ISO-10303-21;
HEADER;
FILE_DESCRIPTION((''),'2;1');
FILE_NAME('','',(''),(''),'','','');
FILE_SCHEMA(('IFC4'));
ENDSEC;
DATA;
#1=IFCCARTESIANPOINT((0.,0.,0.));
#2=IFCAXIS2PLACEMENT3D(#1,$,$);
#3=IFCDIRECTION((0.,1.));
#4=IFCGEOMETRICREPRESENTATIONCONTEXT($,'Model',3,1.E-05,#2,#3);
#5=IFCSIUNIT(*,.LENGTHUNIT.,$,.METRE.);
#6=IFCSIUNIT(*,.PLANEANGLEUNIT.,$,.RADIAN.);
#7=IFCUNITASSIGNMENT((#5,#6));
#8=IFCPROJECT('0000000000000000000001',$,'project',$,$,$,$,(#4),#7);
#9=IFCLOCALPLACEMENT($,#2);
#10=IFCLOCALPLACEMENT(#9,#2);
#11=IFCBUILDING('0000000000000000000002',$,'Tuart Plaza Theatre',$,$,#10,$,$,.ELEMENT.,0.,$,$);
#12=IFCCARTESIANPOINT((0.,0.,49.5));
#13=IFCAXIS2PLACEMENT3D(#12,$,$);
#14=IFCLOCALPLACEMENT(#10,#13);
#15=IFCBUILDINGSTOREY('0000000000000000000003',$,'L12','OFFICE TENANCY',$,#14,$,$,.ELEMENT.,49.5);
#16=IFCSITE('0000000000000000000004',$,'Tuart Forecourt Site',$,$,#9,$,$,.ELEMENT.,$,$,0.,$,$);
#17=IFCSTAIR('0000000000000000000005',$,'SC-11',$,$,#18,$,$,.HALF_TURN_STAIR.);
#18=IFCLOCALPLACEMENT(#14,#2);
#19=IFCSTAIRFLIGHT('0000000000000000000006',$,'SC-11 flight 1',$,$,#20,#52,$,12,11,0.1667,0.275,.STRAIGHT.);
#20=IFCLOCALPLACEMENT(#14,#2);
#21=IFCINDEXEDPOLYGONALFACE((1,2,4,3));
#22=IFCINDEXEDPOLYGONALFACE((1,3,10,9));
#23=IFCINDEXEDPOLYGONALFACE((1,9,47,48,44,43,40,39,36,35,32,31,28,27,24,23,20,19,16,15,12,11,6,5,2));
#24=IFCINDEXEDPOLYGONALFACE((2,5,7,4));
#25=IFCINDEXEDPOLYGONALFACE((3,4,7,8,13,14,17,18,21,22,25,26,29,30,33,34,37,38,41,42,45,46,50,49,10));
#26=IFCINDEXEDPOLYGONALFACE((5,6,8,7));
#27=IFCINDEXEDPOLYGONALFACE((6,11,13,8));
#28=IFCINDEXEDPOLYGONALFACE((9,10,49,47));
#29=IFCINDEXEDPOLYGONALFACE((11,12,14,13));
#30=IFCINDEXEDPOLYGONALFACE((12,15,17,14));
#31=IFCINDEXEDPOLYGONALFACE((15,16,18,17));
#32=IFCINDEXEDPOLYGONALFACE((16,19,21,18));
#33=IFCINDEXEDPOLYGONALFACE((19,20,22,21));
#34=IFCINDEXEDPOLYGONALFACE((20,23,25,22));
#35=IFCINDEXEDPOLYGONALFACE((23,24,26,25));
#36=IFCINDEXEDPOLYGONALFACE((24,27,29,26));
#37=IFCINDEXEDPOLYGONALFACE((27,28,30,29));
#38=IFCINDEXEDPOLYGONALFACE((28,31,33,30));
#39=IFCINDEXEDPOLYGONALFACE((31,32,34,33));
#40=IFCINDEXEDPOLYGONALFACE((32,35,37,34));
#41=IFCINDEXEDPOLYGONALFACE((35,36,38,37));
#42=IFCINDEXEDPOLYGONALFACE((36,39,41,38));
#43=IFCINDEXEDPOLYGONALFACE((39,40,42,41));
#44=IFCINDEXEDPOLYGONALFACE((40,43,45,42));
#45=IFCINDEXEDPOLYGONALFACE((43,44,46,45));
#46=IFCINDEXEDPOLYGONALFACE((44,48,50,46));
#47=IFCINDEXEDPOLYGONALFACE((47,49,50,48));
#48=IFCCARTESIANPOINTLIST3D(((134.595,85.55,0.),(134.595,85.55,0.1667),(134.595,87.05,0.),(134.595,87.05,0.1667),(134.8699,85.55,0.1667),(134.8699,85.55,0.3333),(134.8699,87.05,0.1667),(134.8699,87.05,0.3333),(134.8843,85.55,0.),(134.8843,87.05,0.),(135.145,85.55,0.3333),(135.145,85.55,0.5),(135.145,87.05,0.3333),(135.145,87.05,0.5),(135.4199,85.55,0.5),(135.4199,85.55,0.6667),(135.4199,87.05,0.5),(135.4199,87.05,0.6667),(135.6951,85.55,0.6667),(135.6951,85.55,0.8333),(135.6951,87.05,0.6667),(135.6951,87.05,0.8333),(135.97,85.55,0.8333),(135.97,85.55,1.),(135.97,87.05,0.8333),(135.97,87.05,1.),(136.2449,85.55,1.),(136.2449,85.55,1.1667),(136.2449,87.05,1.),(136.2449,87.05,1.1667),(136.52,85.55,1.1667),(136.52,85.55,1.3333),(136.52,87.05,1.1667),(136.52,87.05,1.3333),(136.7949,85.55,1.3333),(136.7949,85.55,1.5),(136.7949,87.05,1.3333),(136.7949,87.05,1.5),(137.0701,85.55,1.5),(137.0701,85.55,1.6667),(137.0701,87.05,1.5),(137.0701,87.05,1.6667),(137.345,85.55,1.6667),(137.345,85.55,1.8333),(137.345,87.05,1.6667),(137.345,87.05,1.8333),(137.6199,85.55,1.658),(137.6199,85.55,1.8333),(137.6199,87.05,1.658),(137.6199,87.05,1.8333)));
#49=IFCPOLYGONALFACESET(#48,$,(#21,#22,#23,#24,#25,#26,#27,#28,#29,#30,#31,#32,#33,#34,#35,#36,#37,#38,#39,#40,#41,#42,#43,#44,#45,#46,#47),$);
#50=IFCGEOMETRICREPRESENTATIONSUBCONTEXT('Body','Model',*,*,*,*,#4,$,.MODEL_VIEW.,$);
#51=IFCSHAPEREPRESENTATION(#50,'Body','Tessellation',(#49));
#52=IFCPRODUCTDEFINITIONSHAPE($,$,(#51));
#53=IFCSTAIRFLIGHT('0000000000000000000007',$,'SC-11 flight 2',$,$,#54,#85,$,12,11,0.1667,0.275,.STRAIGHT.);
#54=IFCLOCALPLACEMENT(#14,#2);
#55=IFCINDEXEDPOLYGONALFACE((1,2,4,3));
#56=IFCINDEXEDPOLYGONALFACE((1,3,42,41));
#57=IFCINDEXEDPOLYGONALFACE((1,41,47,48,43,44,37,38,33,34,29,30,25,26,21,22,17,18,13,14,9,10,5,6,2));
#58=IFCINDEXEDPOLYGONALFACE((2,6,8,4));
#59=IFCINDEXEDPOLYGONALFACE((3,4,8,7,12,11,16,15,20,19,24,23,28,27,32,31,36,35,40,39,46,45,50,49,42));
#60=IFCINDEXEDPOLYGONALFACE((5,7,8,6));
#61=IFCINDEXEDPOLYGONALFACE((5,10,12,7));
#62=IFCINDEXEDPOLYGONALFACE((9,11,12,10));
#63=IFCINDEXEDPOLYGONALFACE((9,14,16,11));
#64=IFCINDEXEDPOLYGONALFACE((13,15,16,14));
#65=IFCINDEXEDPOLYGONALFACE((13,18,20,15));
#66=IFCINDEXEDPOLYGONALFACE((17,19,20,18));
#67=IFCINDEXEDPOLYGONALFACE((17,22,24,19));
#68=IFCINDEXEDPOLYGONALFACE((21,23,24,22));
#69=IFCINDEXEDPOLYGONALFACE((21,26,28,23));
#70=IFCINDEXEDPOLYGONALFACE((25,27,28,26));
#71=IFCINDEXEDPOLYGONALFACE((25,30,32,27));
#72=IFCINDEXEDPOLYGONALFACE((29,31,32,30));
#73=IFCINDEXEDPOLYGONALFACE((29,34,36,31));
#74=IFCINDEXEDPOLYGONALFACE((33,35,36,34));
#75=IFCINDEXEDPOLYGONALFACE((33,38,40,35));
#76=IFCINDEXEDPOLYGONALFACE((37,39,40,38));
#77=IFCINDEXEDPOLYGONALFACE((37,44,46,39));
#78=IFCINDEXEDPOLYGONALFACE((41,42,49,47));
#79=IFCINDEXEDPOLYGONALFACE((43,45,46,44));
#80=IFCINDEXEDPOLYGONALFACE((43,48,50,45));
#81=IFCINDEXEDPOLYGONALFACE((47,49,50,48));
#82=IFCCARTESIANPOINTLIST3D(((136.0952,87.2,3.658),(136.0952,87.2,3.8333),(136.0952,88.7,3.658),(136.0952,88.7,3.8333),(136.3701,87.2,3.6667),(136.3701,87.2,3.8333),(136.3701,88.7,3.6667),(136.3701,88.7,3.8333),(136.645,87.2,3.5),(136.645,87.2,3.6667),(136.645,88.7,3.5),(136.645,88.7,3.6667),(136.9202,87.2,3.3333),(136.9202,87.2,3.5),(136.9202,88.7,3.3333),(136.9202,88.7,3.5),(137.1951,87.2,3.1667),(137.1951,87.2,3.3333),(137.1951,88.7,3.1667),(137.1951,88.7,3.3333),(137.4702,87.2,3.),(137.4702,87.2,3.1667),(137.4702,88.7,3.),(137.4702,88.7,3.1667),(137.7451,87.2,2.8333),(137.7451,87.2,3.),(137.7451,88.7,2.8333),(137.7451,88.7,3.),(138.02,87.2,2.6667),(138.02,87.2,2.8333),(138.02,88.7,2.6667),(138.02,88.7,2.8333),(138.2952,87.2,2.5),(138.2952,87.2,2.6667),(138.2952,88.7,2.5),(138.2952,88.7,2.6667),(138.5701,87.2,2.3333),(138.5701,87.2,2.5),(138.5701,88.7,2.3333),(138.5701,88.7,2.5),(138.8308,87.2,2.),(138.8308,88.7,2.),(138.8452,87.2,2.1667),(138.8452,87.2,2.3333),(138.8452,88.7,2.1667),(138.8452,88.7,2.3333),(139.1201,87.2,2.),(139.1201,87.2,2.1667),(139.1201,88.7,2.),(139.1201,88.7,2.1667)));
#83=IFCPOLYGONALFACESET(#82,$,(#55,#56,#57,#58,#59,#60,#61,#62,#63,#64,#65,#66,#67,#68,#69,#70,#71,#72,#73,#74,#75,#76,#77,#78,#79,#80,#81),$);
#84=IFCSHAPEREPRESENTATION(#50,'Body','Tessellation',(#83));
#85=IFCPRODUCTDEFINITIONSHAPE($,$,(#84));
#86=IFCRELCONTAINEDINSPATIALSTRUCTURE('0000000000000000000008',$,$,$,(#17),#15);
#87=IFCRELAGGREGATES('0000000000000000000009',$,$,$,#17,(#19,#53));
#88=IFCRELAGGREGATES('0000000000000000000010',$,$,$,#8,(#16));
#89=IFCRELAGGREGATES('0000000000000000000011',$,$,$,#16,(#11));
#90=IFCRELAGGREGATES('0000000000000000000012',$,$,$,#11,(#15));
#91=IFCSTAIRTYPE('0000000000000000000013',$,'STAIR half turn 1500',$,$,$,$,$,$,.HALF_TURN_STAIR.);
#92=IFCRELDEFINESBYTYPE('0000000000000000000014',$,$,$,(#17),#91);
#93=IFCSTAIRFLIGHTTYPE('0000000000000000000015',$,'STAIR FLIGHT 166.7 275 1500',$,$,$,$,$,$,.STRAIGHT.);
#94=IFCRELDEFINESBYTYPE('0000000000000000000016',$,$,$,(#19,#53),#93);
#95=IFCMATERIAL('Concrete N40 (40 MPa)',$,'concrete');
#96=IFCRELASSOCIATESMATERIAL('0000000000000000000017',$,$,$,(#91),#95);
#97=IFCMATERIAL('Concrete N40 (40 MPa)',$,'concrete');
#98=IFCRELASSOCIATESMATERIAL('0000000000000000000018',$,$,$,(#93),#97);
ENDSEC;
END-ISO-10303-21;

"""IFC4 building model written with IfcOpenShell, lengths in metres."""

from ifc_helpers import new_model, si_unit, direction, frame, origin, place, context, subcontext, project, spatial, polyline, outline, extrude, material, type_object, element, aggregate, save


model = new_model("IFC4")

# Units and contexts
model_context = context("Model", 3, precision=1e-05, world=origin(), true_north=direction((0.0, 1.0)))
body_context = subcontext(model_context, "Body", "Model", "MODEL_VIEW")
ifc_project = project(units=[si_unit("LENGTHUNIT", "METRE"), si_unit("PLANEANGLEUNIT", "RADIAN")], contexts=[model_context])

# Site, building, storey
site_placement = place(None, origin())
site = spatial("IfcSite", under=ifc_project, at=site_placement, Name="Tuart Forecourt Site", CompositionType="ELEMENT", RefElevation=0.0)
building_placement = place(site_placement, origin())
building = spatial("IfcBuilding", under=site, at=building_placement, Name="Tuart Plaza Theatre", CompositionType="ELEMENT", ElevationOfRefHeight=0.0)
storey_placement = place(building_placement, frame((0.0, 0.0, 49.5)))
storey = spatial("IfcBuildingStorey", under=building, at=storey_placement, Name="L12", Description="OFFICE TENANCY", CompositionType="ELEMENT", Elevation=49.5)

# Stair, stair flights
ifc_material_1 = material(Name="Concrete N40 (40 MPa)", Category="concrete")
stair_type = type_object("IfcStairType", Name="STAIR half turn 1500", PredefinedType="HALF_TURN_STAIR", material=ifc_material_1)
stair_placement = place(storey_placement, origin())
stair = element("IfcStair", 1, at=stair_placement, inside=storey, type_object=stair_type, Name="SC-11", PredefinedType="HALF_TURN_STAIR")
ifc_material_2 = material(Name="Concrete N40 (40 MPa)", Category="concrete")
stair_flight_type = type_object("IfcStairFlightType", Name="STAIR FLIGHT 166.7 275 1500", PredefinedType="STRAIGHT", material=ifc_material_2)
stair_flight_1_placement = place(storey_placement, frame((134.595, 86.3, 0.0), z_axis=(0.0, 0.0, 1.0), x_axis=(1.0, 0.0, 0.0)))
stair_flight_1 = element("IfcStairFlight", 2, at=stair_flight_1_placement, type_object=stair_flight_type, Name="SC-11 flight 1", NumberOfRisers=12, NumberOfTreads=11, PredefinedType="STRAIGHT", RiserHeight=0.1667, TreadLength=0.275, context=body_context, shape_type="SweptSolid", body=[
    extrude(outline(polyline([(0.0, 0.0), (0.0, 0.1667), (0.2749, 0.1667), (0.2749, 0.3333), (0.55, 0.3333), (0.55, 0.5), (0.825, 0.5), (0.825, 0.6667), (1.1001, 0.6667), (1.1001, 0.8333), (1.375, 0.8333), (1.375, 1.0), (1.6499, 1.0), (1.6499, 1.1667), (1.925, 1.1667), (1.925, 1.3333), (2.2, 1.3333), (2.2, 1.5), (2.4751, 1.5), (2.4751, 1.6667), (2.75, 1.6667), (2.75, 1.8333), (3.0249, 1.8333), (3.0249, 2.0), (3.0249, 1.658), (0.2893, 0.0), (0.0, 0.0)])), frame((0.0, 0.75, 0.0), z_axis=(0.0, -1.0, 0.0), x_axis=(1.0, 0.0, 0.0)), (0.0, 0.0, 1.0), 1.5),
])
stair_flight_2_placement = place(storey_placement, frame((139.1201, 87.95, 2.0), z_axis=(0.0, 0.0, 1.0), x_axis=(-1.0, 0.0, 0.0)))
stair_flight_2 = element("IfcStairFlight", 3, at=stair_flight_2_placement, type_object=stair_flight_type, Name="SC-11 flight 2", NumberOfRisers=12, NumberOfTreads=11, PredefinedType="STRAIGHT", RiserHeight=0.1667, TreadLength=0.275, context=body_context, shape_type="SweptSolid", body=[
    extrude(outline(polyline([(0.0, 0.0), (0.0, 0.1667), (0.2749, 0.1667), (0.2749, 0.3333), (0.55, 0.3333), (0.55, 0.5), (0.825, 0.5), (0.825, 0.6667), (1.1001, 0.6667), (1.1001, 0.8333), (1.375, 0.8333), (1.375, 1.0), (1.6499, 1.0), (1.6499, 1.1667), (1.925, 1.1667), (1.925, 1.3333), (2.2, 1.3333), (2.2, 1.5), (2.4751, 1.5), (2.4751, 1.6667), (2.75, 1.6667), (2.75, 1.8333), (3.0249, 1.8333), (3.0249, 2.0), (3.0249, 1.658), (0.2893, 0.0), (0.0, 0.0)])), frame((0.0, 0.75, 0.0), z_axis=(0.0, -1.0, 0.0), x_axis=(1.0, 0.0, 0.0)), (0.0, 0.0, 1.0), 1.5),
])
aggregate(stair, [stair_flight_1, stair_flight_2])

save(model, "model.ifc")
